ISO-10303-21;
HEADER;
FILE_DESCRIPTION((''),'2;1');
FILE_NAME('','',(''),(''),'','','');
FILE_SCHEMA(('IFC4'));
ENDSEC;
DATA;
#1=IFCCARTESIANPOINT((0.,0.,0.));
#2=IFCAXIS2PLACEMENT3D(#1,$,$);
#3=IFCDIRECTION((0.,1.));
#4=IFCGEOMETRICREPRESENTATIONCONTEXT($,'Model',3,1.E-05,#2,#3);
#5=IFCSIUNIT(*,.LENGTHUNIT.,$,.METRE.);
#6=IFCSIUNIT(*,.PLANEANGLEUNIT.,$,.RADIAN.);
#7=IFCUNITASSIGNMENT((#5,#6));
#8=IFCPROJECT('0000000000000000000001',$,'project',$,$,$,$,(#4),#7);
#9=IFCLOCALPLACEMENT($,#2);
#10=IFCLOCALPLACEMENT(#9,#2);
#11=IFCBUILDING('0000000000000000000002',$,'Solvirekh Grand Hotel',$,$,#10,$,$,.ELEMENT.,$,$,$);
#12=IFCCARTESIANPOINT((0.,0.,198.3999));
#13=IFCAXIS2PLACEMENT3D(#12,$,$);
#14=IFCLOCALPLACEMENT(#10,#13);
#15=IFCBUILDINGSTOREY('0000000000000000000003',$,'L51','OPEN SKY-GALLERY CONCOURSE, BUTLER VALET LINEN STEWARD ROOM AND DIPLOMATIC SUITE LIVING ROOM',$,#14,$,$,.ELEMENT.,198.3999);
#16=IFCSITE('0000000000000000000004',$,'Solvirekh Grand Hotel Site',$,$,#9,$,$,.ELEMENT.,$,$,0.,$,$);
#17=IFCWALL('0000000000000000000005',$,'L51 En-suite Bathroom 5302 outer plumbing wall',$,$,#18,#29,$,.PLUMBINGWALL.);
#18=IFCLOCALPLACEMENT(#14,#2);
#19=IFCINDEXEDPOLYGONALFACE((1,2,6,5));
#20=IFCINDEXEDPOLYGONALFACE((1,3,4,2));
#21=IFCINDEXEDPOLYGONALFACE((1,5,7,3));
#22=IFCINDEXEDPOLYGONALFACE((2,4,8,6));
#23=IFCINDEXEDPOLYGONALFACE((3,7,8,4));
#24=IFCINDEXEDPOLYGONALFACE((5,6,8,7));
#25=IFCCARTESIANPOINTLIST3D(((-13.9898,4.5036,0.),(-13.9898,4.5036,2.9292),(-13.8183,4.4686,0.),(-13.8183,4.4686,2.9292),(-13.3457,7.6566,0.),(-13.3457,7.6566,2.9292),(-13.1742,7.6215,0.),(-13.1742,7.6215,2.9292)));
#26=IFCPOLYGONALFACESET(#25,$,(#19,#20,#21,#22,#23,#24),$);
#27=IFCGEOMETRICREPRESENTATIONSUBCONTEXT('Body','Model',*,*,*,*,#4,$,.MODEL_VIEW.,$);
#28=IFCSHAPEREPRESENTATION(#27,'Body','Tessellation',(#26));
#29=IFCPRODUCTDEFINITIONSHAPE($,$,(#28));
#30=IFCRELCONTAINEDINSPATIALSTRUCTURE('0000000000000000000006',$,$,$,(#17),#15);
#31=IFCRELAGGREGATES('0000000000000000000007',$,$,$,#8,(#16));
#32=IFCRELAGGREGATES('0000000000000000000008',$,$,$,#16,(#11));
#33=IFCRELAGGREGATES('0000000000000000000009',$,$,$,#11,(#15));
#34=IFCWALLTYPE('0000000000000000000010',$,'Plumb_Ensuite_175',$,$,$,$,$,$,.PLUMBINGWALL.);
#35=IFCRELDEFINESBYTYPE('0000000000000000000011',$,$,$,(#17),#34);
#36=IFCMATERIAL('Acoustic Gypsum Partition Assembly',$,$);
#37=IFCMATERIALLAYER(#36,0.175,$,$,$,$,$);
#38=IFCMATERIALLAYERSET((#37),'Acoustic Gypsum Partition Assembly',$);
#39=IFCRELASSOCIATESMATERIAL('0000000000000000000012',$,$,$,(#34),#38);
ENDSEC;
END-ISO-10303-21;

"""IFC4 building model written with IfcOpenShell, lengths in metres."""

from ifc_helpers import new_model, si_unit, direction, frame, frame_2d, origin, place, context, subcontext, project, spatial, rectangle, extrude, material, layer, layer_set, type_object, element, save


model = new_model("IFC4")

# Units and contexts
model_context = context("Model", 3, precision=1e-05, world=origin(), true_north=direction((0.0, 1.0)))
body_context = subcontext(model_context, "Body", "Model", "MODEL_VIEW")
ifc_project = project(units=[si_unit("LENGTHUNIT", "METRE"), si_unit("PLANEANGLEUNIT", "RADIAN")], contexts=[model_context])

# Site, building, storey
site_placement = place(None, origin())
site = spatial("IfcSite", under=ifc_project, at=site_placement, Name="Solvirekh Grand Hotel Site", CompositionType="ELEMENT", RefElevation=0.0)
building_placement = place(site_placement, origin())
building = spatial("IfcBuilding", under=site, at=building_placement, Name="Solvirekh Grand Hotel", CompositionType="ELEMENT")
storey_placement = place(building_placement, frame((0.0, 0.0, 198.3999)))
storey = spatial("IfcBuildingStorey", under=building, at=storey_placement, Name="L51", Description="OPEN SKY-GALLERY CONCOURSE, BUTLER VALET LINEN STEWARD ROOM AND DIPLOMATIC SUITE LIVING ROOM", CompositionType="ELEMENT", Elevation=198.3999)

# Shared definitions
ifc_material_1 = material(Name="Acoustic Gypsum Partition Assembly")

# Wall
ifc_layer_1 = layer(ifc_material_1, 0.175)
ifc_layer_set_1 = layer_set([ifc_layer_1], Name="Acoustic Gypsum Partition Assembly")
wall_type_1 = type_object("IfcWallType", Name="Plumb_Ensuite_175", PredefinedType="PLUMBINGWALL", material=ifc_layer_set_1)
wall_1_placement = place(storey_placement, frame((-13.26, 7.6389, 0.0), z_axis=(0.0, 0.0, 1.0), x_axis=(-0.200141, -0.979767, 0.0)))
element("IfcWall", 1, at=wall_1_placement, inside=storey, type_object=wall_type_1, Name="L51 En-suite Bathroom 5302 outer plumbing wall", PredefinedType="PLUMBINGWALL", context=body_context, shape_type="SweptSolid", body=[
    extrude(rectangle(XDim=3.218, YDim=0.175, at=frame_2d((1.6089, 0.0))), origin(), (0.0, 0.0, 1.0), 2.9292),
])

save(model, "model.ifc")
